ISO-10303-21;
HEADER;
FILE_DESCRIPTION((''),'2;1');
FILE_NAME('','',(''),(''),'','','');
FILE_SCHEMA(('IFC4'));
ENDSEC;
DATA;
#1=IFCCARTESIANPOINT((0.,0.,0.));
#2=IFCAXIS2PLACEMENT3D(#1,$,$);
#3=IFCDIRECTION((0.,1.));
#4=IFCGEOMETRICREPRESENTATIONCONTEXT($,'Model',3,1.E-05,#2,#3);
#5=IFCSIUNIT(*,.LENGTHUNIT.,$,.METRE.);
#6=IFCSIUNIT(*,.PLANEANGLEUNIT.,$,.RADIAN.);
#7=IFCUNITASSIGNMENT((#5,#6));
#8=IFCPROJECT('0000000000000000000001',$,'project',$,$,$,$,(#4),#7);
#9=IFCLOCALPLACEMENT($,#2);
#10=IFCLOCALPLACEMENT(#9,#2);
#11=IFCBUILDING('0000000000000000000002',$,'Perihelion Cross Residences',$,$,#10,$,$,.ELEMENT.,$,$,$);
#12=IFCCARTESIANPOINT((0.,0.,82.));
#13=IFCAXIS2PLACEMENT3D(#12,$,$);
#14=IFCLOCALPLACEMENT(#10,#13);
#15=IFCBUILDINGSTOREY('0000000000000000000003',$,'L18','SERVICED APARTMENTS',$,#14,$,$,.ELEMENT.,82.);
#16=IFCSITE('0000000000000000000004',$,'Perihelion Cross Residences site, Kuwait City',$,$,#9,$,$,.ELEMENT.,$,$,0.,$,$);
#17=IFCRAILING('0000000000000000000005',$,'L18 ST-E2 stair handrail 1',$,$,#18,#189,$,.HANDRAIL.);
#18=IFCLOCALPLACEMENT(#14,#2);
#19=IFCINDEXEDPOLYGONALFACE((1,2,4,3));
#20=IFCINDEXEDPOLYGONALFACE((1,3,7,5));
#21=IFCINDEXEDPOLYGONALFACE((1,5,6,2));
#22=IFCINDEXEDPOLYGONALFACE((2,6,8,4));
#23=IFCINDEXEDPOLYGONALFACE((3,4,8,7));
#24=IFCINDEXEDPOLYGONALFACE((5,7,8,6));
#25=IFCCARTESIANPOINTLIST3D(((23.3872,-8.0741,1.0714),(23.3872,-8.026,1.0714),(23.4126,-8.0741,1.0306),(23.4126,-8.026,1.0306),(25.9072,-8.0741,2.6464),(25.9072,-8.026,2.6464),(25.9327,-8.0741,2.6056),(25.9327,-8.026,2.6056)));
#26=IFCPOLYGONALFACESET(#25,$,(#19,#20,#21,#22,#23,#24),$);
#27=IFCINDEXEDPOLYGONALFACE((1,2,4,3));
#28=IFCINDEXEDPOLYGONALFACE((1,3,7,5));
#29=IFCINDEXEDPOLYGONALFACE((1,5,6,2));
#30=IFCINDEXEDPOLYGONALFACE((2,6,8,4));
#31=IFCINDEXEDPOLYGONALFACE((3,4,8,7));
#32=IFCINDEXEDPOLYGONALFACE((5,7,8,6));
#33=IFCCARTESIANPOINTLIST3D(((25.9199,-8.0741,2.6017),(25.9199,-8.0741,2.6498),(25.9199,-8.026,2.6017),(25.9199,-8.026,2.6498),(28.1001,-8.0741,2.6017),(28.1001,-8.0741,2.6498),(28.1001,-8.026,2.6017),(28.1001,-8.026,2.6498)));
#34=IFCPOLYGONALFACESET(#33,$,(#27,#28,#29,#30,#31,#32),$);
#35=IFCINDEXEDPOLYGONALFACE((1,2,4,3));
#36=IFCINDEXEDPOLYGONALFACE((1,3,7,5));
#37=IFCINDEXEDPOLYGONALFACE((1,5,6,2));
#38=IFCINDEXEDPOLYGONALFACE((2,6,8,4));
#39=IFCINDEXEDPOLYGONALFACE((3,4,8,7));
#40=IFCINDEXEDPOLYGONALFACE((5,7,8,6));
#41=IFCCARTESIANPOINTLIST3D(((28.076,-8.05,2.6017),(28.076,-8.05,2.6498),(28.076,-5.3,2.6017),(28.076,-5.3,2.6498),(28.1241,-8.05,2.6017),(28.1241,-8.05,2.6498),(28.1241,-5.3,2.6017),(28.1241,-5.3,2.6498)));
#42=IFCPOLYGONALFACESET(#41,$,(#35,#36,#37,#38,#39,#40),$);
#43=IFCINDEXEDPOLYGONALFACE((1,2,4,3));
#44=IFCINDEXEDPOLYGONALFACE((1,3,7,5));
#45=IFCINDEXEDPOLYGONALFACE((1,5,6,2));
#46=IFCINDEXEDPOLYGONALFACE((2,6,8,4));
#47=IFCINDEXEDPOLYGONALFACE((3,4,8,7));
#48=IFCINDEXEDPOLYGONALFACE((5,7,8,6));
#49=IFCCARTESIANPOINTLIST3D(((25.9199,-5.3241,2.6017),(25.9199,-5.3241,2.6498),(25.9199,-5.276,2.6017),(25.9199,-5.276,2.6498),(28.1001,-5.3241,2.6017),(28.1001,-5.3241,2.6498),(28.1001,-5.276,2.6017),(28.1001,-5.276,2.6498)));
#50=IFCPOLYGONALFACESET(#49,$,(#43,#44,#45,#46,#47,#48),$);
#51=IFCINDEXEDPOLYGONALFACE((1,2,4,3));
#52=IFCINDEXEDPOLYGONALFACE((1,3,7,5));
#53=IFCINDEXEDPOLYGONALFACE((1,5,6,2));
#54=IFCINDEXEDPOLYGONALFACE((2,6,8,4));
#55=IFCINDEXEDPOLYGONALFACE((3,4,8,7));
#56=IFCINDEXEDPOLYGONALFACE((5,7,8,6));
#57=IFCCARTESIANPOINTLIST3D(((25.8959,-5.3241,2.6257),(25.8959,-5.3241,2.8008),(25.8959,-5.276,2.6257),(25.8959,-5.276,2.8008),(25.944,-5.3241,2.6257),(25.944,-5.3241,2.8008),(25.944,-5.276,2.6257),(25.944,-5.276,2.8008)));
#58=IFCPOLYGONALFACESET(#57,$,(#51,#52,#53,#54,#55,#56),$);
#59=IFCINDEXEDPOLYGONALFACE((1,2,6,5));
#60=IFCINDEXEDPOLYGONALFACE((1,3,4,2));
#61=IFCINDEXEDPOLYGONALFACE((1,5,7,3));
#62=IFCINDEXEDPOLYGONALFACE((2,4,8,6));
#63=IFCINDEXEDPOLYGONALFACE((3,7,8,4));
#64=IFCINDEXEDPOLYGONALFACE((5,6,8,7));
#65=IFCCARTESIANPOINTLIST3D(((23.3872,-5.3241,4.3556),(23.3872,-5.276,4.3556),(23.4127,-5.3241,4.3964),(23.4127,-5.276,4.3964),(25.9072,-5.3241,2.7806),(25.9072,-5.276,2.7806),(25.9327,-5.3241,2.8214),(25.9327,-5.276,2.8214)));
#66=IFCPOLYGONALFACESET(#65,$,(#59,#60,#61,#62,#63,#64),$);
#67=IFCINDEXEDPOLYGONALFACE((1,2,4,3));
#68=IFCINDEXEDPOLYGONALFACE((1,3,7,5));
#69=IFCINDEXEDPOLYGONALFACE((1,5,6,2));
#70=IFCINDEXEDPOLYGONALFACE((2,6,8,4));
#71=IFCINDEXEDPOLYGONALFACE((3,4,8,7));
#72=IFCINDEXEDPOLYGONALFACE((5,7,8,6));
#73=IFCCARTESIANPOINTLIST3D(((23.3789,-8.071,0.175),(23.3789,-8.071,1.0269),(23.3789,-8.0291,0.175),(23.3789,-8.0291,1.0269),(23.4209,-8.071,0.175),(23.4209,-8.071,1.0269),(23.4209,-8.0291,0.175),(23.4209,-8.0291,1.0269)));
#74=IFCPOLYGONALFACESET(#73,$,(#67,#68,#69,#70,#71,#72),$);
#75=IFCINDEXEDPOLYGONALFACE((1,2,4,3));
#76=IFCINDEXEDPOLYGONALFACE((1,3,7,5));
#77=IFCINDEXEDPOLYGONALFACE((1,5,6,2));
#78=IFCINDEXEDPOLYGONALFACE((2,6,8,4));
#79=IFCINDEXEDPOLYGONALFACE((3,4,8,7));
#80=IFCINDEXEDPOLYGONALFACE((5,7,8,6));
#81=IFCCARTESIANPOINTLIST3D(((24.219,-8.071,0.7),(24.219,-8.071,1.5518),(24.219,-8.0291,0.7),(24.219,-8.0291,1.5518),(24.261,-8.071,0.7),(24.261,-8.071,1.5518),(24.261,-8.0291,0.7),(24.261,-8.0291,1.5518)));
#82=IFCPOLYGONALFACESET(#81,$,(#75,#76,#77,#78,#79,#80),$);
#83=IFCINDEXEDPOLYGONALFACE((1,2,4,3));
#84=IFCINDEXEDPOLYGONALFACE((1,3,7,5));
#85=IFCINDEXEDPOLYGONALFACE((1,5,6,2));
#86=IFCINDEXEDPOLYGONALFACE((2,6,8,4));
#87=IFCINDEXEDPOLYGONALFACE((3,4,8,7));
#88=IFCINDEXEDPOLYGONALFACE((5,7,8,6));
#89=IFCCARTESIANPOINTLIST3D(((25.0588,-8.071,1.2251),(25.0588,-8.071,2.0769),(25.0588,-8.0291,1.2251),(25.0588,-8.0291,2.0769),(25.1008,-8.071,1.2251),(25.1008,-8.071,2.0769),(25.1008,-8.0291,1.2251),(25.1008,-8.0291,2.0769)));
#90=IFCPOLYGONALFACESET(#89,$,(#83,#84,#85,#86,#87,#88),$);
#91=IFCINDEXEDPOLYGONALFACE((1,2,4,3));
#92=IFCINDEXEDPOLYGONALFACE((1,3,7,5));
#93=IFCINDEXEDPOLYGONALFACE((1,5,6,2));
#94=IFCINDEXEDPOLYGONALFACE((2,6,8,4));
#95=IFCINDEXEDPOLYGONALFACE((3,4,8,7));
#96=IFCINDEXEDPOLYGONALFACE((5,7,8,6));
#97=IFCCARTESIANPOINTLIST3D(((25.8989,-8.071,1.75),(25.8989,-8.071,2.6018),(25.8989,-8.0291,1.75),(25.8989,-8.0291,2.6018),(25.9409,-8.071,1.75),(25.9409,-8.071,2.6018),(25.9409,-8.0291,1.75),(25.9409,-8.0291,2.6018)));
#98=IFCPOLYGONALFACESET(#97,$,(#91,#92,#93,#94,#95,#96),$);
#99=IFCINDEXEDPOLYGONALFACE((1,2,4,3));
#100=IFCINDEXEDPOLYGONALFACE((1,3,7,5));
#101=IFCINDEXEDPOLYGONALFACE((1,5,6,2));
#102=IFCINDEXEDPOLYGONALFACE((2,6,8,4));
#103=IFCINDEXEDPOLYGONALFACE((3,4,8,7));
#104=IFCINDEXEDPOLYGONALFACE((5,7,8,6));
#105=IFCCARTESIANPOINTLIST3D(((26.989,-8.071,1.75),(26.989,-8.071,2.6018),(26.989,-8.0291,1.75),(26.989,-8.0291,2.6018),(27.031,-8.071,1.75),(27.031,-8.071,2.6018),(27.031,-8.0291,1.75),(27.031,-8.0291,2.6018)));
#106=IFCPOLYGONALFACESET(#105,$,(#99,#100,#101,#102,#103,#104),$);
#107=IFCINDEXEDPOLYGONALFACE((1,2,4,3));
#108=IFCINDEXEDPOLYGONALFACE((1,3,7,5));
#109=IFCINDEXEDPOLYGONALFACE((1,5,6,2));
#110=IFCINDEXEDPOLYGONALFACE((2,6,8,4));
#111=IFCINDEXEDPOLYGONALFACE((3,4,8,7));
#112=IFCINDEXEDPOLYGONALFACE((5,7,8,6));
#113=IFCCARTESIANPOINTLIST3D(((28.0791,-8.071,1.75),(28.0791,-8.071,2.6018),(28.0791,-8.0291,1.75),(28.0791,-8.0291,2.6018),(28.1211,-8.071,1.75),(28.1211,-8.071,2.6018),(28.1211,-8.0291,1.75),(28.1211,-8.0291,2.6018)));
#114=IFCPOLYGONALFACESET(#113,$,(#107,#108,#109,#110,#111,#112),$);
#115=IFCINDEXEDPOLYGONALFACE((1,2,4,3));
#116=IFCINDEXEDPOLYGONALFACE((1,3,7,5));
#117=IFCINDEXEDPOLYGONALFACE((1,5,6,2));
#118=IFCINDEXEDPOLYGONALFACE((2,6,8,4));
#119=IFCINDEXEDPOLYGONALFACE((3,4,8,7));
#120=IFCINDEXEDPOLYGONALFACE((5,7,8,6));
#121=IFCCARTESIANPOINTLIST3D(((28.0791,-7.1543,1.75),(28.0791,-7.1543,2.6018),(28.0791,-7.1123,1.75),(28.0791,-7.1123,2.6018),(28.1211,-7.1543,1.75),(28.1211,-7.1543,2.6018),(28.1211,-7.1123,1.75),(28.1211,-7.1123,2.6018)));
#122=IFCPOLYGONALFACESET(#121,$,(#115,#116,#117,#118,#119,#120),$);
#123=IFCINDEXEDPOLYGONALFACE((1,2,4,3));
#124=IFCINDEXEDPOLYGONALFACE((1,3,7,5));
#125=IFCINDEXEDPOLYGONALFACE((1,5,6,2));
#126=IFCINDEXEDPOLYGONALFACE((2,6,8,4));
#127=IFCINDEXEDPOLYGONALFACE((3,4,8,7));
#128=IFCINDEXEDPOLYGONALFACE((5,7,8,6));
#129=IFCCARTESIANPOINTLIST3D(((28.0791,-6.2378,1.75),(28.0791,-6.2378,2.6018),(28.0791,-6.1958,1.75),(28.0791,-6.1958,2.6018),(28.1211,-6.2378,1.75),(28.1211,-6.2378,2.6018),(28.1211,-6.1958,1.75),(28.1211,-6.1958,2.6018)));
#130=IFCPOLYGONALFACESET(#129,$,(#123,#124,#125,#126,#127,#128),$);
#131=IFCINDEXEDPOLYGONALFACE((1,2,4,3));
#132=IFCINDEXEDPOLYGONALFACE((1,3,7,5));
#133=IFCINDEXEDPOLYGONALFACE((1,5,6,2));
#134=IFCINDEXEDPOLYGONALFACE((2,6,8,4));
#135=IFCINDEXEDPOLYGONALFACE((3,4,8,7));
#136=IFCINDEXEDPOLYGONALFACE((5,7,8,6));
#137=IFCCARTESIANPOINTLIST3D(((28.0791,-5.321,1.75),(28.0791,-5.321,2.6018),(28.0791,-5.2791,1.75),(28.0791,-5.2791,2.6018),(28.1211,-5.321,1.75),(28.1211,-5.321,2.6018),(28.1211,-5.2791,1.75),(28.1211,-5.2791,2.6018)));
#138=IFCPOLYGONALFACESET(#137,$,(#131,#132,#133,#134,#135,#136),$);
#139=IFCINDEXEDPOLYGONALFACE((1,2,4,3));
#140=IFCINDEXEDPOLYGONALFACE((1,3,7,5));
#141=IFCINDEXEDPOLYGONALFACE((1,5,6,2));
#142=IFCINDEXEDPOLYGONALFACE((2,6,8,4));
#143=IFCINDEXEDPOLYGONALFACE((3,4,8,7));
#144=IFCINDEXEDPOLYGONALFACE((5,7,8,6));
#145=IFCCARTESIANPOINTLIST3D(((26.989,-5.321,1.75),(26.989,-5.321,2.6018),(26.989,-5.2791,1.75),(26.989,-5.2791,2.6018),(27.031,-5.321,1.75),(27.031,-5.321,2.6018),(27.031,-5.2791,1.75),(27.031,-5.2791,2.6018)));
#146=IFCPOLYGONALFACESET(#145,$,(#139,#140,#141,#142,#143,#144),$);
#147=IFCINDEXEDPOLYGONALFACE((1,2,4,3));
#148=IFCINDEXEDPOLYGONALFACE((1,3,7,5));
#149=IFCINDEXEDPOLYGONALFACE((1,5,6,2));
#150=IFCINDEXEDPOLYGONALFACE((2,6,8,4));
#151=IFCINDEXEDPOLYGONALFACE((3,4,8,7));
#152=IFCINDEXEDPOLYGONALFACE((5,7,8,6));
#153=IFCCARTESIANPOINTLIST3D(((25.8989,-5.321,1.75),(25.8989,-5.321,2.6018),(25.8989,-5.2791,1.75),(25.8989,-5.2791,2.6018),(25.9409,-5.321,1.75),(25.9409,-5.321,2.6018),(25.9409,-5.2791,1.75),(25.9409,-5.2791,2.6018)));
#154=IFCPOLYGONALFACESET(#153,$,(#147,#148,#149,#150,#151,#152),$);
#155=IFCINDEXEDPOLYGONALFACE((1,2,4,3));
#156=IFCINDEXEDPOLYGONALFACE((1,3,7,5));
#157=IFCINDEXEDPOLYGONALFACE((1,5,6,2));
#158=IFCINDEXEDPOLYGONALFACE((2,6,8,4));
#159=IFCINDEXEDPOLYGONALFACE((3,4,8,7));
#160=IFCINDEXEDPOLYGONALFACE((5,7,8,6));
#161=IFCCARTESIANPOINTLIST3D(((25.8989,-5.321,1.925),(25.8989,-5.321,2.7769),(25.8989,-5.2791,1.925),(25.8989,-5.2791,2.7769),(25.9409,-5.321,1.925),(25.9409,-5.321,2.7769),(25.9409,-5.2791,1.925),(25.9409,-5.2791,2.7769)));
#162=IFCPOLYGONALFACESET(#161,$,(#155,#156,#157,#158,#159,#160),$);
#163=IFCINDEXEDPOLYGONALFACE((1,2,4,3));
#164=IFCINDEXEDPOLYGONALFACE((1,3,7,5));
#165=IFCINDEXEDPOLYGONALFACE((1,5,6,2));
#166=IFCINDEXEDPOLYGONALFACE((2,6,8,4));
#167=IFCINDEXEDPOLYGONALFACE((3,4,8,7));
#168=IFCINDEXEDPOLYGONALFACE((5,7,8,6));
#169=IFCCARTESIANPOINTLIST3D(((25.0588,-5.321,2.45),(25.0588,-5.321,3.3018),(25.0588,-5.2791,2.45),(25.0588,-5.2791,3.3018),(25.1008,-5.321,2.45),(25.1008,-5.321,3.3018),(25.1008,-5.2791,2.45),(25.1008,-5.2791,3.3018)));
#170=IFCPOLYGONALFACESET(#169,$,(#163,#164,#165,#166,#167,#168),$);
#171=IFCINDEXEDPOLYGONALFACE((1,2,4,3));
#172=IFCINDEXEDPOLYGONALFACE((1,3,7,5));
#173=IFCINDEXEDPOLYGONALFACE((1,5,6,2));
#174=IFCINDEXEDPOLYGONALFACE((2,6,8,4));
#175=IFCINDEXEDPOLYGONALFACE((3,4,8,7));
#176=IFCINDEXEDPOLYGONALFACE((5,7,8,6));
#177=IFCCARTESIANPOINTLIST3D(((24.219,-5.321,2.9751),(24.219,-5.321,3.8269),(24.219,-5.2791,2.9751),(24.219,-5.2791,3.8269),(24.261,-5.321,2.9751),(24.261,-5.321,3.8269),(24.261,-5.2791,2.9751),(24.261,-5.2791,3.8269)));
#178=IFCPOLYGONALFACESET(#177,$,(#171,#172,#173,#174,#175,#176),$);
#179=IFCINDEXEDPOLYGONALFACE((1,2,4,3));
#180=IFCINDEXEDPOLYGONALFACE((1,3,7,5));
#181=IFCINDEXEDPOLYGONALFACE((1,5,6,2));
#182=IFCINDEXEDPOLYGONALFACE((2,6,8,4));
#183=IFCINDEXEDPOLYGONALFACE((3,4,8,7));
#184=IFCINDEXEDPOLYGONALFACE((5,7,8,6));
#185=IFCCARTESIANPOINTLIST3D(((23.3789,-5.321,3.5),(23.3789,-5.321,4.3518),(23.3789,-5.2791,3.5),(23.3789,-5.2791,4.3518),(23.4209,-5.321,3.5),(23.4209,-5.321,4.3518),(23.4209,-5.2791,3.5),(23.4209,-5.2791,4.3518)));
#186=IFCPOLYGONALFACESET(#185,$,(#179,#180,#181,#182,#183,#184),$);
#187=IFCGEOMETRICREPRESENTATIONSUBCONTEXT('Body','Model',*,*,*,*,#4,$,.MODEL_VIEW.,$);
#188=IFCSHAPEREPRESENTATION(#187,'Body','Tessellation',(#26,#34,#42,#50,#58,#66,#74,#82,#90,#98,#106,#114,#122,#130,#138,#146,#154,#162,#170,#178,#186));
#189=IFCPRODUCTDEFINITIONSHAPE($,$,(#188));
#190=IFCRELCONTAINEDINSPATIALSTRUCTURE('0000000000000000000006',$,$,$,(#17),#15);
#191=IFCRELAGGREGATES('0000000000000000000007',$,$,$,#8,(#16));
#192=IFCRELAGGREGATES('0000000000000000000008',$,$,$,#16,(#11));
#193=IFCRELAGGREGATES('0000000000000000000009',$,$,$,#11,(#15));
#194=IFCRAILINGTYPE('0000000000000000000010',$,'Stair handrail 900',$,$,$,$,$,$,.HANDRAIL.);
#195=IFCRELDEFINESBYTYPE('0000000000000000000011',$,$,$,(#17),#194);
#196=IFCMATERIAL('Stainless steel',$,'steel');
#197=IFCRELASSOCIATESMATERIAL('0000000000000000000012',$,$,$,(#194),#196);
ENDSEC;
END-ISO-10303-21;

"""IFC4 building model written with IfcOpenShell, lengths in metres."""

from ifc_helpers import new_model, si_unit, direction, frame, origin, origin_2d, place, context, subcontext, project, spatial, rectangle, extrude, material, type_object, element, save


model = new_model("IFC4")

# Units and contexts
model_context = context("Model", 3, precision=1e-05, world=origin(), true_north=direction((0.0, 1.0)))
body_context = subcontext(model_context, "Body", "Model", "MODEL_VIEW")
ifc_project = project(units=[si_unit("LENGTHUNIT", "METRE"), si_unit("PLANEANGLEUNIT", "RADIAN")], contexts=[model_context])

# Site, building, storey
site_placement = place(None, origin())
site = spatial("IfcSite", under=ifc_project, at=site_placement, Name="Perihelion Cross Residences site, Kuwait City", CompositionType="ELEMENT", RefElevation=0.0)
building_placement = place(site_placement, origin())
building = spatial("IfcBuilding", under=site, at=building_placement, Name="Perihelion Cross Residences", CompositionType="ELEMENT")
storey_placement = place(building_placement, frame((0.0, 0.0, 82.0)))
storey = spatial("IfcBuildingStorey", under=building, at=storey_placement, Name="L18", Description="SERVICED APARTMENTS", CompositionType="ELEMENT", Elevation=82.0)

# Railing
ifc_material_1 = material(Name="Stainless steel", Category="steel")
railing_type_1 = type_object("IfcRailingType", Name="Stair handrail 900", PredefinedType="HANDRAIL", material=ifc_material_1)
railing_1_placement = place(storey_placement, frame((23.3999, -8.05, 0.175)))
element("IfcRailing", 1, at=railing_1_placement, inside=storey, type_object=railing_type_1, Name="L18 ST-E2 stair handrail 1", PredefinedType="HANDRAIL", context=body_context, shape_type="SweptSolid", body=[
    extrude(rectangle(XDim=0.0481, YDim=0.0481, at=origin_2d()), frame((0.0, 0.0, 0.876), z_axis=(0.848008, 0.0, 0.529984), x_axis=(0.0, 1.0, 0.0)), (0.0, 0.0, 1.0), 2.9717),
    extrude(rectangle(XDim=0.0481, YDim=0.0481, at=origin_2d()), frame((2.52, 0.0, 2.4507), z_axis=(1.0, 0.0, 0.0), x_axis=(0.0, 1.0, 0.0)), (0.0, 0.0, 1.0), 2.1802),
    extrude(rectangle(XDim=0.0481, YDim=0.0481, at=origin_2d()), frame((4.7002, 0.0, 2.4507), z_axis=(0.0, 1.0, 0.0), x_axis=(-1.0, 0.0, 0.0)), (0.0, 0.0, 1.0), 2.75),
    extrude(rectangle(XDim=0.0481, YDim=0.0481, at=origin_2d()), frame((4.7002, 2.75, 2.4507), z_axis=(-1.0, 0.0, 0.0), x_axis=(0.0, -1.0, 0.0)), (0.0, 0.0, 1.0), 2.1802),
    extrude(rectangle(XDim=0.0481, YDim=0.0481, at=origin_2d()), frame((2.52, 2.75, 2.4507), z_axis=(0.0, 0.0, 1.0), x_axis=(1.0, 0.0, 0.0)), (0.0, 0.0, 1.0), 0.175),
    extrude(rectangle(XDim=0.0481, YDim=0.0481, at=origin_2d()), frame((2.52, 2.75, 2.626), z_axis=(-0.848008, 0.0, 0.529984), x_axis=(0.0, -1.0, 0.0)), (0.0, 0.0, 1.0), 2.9717),
    extrude(rectangle(XDim=0.042, YDim=0.042, at=origin_2d()), origin(), (0.0, 0.0, 1.0), 0.8518),
    extrude(rectangle(XDim=0.042, YDim=0.042, at=origin_2d()), frame((0.8401, 0.0, 0.5249)), (0.0, 0.0, 1.0), 0.8518),
    extrude(rectangle(XDim=0.042, YDim=0.042, at=origin_2d()), frame((1.6799, 0.0, 1.05)), (0.0, 0.0, 1.0), 0.8518),
    extrude(rectangle(XDim=0.042, YDim=0.042, at=origin_2d()), frame((2.52, 0.0, 1.575)), (0.0, 0.0, 1.0), 0.8518),
    extrude(rectangle(XDim=0.042, YDim=0.042, at=origin_2d()), frame((3.6101, 0.0, 1.575)), (0.0, 0.0, 1.0), 0.8518),
    extrude(rectangle(XDim=0.042, YDim=0.042, at=origin_2d()), frame((4.7002, 0.0, 1.575)), (0.0, 0.0, 1.0), 0.8518),
    extrude(rectangle(XDim=0.042, YDim=0.042, at=origin_2d()), frame((4.7002, 0.9167, 1.575)), (0.0, 0.0, 1.0), 0.8518),
    extrude(rectangle(XDim=0.042, YDim=0.042, at=origin_2d()), frame((4.7002, 1.8333, 1.575)), (0.0, 0.0, 1.0), 0.8518),
    extrude(rectangle(XDim=0.042, YDim=0.042, at=origin_2d()), frame((4.7002, 2.75, 1.575)), (0.0, 0.0, 1.0), 0.8518),
    extrude(rectangle(XDim=0.042, YDim=0.042, at=origin_2d()), frame((3.6101, 2.75, 1.575)), (0.0, 0.0, 1.0), 0.8518),
    extrude(rectangle(XDim=0.042, YDim=0.042, at=origin_2d()), frame((2.52, 2.75, 1.575)), (0.0, 0.0, 1.0), 0.8518),
    extrude(rectangle(XDim=0.042, YDim=0.042, at=origin_2d()), frame((2.52, 2.75, 1.75)), (0.0, 0.0, 1.0), 0.8518),
    extrude(rectangle(XDim=0.042, YDim=0.042, at=origin_2d()), frame((1.6799, 2.75, 2.2749)), (0.0, 0.0, 1.0), 0.8518),
    extrude(rectangle(XDim=0.042, YDim=0.042, at=origin_2d()), frame((0.8401, 2.75, 2.8)), (0.0, 0.0, 1.0), 0.8518),
    extrude(rectangle(XDim=0.042, YDim=0.042, at=origin_2d()), frame((0.0, 2.75, 3.325)), (0.0, 0.0, 1.0), 0.8518),
])

save(model, "model.ifc")
